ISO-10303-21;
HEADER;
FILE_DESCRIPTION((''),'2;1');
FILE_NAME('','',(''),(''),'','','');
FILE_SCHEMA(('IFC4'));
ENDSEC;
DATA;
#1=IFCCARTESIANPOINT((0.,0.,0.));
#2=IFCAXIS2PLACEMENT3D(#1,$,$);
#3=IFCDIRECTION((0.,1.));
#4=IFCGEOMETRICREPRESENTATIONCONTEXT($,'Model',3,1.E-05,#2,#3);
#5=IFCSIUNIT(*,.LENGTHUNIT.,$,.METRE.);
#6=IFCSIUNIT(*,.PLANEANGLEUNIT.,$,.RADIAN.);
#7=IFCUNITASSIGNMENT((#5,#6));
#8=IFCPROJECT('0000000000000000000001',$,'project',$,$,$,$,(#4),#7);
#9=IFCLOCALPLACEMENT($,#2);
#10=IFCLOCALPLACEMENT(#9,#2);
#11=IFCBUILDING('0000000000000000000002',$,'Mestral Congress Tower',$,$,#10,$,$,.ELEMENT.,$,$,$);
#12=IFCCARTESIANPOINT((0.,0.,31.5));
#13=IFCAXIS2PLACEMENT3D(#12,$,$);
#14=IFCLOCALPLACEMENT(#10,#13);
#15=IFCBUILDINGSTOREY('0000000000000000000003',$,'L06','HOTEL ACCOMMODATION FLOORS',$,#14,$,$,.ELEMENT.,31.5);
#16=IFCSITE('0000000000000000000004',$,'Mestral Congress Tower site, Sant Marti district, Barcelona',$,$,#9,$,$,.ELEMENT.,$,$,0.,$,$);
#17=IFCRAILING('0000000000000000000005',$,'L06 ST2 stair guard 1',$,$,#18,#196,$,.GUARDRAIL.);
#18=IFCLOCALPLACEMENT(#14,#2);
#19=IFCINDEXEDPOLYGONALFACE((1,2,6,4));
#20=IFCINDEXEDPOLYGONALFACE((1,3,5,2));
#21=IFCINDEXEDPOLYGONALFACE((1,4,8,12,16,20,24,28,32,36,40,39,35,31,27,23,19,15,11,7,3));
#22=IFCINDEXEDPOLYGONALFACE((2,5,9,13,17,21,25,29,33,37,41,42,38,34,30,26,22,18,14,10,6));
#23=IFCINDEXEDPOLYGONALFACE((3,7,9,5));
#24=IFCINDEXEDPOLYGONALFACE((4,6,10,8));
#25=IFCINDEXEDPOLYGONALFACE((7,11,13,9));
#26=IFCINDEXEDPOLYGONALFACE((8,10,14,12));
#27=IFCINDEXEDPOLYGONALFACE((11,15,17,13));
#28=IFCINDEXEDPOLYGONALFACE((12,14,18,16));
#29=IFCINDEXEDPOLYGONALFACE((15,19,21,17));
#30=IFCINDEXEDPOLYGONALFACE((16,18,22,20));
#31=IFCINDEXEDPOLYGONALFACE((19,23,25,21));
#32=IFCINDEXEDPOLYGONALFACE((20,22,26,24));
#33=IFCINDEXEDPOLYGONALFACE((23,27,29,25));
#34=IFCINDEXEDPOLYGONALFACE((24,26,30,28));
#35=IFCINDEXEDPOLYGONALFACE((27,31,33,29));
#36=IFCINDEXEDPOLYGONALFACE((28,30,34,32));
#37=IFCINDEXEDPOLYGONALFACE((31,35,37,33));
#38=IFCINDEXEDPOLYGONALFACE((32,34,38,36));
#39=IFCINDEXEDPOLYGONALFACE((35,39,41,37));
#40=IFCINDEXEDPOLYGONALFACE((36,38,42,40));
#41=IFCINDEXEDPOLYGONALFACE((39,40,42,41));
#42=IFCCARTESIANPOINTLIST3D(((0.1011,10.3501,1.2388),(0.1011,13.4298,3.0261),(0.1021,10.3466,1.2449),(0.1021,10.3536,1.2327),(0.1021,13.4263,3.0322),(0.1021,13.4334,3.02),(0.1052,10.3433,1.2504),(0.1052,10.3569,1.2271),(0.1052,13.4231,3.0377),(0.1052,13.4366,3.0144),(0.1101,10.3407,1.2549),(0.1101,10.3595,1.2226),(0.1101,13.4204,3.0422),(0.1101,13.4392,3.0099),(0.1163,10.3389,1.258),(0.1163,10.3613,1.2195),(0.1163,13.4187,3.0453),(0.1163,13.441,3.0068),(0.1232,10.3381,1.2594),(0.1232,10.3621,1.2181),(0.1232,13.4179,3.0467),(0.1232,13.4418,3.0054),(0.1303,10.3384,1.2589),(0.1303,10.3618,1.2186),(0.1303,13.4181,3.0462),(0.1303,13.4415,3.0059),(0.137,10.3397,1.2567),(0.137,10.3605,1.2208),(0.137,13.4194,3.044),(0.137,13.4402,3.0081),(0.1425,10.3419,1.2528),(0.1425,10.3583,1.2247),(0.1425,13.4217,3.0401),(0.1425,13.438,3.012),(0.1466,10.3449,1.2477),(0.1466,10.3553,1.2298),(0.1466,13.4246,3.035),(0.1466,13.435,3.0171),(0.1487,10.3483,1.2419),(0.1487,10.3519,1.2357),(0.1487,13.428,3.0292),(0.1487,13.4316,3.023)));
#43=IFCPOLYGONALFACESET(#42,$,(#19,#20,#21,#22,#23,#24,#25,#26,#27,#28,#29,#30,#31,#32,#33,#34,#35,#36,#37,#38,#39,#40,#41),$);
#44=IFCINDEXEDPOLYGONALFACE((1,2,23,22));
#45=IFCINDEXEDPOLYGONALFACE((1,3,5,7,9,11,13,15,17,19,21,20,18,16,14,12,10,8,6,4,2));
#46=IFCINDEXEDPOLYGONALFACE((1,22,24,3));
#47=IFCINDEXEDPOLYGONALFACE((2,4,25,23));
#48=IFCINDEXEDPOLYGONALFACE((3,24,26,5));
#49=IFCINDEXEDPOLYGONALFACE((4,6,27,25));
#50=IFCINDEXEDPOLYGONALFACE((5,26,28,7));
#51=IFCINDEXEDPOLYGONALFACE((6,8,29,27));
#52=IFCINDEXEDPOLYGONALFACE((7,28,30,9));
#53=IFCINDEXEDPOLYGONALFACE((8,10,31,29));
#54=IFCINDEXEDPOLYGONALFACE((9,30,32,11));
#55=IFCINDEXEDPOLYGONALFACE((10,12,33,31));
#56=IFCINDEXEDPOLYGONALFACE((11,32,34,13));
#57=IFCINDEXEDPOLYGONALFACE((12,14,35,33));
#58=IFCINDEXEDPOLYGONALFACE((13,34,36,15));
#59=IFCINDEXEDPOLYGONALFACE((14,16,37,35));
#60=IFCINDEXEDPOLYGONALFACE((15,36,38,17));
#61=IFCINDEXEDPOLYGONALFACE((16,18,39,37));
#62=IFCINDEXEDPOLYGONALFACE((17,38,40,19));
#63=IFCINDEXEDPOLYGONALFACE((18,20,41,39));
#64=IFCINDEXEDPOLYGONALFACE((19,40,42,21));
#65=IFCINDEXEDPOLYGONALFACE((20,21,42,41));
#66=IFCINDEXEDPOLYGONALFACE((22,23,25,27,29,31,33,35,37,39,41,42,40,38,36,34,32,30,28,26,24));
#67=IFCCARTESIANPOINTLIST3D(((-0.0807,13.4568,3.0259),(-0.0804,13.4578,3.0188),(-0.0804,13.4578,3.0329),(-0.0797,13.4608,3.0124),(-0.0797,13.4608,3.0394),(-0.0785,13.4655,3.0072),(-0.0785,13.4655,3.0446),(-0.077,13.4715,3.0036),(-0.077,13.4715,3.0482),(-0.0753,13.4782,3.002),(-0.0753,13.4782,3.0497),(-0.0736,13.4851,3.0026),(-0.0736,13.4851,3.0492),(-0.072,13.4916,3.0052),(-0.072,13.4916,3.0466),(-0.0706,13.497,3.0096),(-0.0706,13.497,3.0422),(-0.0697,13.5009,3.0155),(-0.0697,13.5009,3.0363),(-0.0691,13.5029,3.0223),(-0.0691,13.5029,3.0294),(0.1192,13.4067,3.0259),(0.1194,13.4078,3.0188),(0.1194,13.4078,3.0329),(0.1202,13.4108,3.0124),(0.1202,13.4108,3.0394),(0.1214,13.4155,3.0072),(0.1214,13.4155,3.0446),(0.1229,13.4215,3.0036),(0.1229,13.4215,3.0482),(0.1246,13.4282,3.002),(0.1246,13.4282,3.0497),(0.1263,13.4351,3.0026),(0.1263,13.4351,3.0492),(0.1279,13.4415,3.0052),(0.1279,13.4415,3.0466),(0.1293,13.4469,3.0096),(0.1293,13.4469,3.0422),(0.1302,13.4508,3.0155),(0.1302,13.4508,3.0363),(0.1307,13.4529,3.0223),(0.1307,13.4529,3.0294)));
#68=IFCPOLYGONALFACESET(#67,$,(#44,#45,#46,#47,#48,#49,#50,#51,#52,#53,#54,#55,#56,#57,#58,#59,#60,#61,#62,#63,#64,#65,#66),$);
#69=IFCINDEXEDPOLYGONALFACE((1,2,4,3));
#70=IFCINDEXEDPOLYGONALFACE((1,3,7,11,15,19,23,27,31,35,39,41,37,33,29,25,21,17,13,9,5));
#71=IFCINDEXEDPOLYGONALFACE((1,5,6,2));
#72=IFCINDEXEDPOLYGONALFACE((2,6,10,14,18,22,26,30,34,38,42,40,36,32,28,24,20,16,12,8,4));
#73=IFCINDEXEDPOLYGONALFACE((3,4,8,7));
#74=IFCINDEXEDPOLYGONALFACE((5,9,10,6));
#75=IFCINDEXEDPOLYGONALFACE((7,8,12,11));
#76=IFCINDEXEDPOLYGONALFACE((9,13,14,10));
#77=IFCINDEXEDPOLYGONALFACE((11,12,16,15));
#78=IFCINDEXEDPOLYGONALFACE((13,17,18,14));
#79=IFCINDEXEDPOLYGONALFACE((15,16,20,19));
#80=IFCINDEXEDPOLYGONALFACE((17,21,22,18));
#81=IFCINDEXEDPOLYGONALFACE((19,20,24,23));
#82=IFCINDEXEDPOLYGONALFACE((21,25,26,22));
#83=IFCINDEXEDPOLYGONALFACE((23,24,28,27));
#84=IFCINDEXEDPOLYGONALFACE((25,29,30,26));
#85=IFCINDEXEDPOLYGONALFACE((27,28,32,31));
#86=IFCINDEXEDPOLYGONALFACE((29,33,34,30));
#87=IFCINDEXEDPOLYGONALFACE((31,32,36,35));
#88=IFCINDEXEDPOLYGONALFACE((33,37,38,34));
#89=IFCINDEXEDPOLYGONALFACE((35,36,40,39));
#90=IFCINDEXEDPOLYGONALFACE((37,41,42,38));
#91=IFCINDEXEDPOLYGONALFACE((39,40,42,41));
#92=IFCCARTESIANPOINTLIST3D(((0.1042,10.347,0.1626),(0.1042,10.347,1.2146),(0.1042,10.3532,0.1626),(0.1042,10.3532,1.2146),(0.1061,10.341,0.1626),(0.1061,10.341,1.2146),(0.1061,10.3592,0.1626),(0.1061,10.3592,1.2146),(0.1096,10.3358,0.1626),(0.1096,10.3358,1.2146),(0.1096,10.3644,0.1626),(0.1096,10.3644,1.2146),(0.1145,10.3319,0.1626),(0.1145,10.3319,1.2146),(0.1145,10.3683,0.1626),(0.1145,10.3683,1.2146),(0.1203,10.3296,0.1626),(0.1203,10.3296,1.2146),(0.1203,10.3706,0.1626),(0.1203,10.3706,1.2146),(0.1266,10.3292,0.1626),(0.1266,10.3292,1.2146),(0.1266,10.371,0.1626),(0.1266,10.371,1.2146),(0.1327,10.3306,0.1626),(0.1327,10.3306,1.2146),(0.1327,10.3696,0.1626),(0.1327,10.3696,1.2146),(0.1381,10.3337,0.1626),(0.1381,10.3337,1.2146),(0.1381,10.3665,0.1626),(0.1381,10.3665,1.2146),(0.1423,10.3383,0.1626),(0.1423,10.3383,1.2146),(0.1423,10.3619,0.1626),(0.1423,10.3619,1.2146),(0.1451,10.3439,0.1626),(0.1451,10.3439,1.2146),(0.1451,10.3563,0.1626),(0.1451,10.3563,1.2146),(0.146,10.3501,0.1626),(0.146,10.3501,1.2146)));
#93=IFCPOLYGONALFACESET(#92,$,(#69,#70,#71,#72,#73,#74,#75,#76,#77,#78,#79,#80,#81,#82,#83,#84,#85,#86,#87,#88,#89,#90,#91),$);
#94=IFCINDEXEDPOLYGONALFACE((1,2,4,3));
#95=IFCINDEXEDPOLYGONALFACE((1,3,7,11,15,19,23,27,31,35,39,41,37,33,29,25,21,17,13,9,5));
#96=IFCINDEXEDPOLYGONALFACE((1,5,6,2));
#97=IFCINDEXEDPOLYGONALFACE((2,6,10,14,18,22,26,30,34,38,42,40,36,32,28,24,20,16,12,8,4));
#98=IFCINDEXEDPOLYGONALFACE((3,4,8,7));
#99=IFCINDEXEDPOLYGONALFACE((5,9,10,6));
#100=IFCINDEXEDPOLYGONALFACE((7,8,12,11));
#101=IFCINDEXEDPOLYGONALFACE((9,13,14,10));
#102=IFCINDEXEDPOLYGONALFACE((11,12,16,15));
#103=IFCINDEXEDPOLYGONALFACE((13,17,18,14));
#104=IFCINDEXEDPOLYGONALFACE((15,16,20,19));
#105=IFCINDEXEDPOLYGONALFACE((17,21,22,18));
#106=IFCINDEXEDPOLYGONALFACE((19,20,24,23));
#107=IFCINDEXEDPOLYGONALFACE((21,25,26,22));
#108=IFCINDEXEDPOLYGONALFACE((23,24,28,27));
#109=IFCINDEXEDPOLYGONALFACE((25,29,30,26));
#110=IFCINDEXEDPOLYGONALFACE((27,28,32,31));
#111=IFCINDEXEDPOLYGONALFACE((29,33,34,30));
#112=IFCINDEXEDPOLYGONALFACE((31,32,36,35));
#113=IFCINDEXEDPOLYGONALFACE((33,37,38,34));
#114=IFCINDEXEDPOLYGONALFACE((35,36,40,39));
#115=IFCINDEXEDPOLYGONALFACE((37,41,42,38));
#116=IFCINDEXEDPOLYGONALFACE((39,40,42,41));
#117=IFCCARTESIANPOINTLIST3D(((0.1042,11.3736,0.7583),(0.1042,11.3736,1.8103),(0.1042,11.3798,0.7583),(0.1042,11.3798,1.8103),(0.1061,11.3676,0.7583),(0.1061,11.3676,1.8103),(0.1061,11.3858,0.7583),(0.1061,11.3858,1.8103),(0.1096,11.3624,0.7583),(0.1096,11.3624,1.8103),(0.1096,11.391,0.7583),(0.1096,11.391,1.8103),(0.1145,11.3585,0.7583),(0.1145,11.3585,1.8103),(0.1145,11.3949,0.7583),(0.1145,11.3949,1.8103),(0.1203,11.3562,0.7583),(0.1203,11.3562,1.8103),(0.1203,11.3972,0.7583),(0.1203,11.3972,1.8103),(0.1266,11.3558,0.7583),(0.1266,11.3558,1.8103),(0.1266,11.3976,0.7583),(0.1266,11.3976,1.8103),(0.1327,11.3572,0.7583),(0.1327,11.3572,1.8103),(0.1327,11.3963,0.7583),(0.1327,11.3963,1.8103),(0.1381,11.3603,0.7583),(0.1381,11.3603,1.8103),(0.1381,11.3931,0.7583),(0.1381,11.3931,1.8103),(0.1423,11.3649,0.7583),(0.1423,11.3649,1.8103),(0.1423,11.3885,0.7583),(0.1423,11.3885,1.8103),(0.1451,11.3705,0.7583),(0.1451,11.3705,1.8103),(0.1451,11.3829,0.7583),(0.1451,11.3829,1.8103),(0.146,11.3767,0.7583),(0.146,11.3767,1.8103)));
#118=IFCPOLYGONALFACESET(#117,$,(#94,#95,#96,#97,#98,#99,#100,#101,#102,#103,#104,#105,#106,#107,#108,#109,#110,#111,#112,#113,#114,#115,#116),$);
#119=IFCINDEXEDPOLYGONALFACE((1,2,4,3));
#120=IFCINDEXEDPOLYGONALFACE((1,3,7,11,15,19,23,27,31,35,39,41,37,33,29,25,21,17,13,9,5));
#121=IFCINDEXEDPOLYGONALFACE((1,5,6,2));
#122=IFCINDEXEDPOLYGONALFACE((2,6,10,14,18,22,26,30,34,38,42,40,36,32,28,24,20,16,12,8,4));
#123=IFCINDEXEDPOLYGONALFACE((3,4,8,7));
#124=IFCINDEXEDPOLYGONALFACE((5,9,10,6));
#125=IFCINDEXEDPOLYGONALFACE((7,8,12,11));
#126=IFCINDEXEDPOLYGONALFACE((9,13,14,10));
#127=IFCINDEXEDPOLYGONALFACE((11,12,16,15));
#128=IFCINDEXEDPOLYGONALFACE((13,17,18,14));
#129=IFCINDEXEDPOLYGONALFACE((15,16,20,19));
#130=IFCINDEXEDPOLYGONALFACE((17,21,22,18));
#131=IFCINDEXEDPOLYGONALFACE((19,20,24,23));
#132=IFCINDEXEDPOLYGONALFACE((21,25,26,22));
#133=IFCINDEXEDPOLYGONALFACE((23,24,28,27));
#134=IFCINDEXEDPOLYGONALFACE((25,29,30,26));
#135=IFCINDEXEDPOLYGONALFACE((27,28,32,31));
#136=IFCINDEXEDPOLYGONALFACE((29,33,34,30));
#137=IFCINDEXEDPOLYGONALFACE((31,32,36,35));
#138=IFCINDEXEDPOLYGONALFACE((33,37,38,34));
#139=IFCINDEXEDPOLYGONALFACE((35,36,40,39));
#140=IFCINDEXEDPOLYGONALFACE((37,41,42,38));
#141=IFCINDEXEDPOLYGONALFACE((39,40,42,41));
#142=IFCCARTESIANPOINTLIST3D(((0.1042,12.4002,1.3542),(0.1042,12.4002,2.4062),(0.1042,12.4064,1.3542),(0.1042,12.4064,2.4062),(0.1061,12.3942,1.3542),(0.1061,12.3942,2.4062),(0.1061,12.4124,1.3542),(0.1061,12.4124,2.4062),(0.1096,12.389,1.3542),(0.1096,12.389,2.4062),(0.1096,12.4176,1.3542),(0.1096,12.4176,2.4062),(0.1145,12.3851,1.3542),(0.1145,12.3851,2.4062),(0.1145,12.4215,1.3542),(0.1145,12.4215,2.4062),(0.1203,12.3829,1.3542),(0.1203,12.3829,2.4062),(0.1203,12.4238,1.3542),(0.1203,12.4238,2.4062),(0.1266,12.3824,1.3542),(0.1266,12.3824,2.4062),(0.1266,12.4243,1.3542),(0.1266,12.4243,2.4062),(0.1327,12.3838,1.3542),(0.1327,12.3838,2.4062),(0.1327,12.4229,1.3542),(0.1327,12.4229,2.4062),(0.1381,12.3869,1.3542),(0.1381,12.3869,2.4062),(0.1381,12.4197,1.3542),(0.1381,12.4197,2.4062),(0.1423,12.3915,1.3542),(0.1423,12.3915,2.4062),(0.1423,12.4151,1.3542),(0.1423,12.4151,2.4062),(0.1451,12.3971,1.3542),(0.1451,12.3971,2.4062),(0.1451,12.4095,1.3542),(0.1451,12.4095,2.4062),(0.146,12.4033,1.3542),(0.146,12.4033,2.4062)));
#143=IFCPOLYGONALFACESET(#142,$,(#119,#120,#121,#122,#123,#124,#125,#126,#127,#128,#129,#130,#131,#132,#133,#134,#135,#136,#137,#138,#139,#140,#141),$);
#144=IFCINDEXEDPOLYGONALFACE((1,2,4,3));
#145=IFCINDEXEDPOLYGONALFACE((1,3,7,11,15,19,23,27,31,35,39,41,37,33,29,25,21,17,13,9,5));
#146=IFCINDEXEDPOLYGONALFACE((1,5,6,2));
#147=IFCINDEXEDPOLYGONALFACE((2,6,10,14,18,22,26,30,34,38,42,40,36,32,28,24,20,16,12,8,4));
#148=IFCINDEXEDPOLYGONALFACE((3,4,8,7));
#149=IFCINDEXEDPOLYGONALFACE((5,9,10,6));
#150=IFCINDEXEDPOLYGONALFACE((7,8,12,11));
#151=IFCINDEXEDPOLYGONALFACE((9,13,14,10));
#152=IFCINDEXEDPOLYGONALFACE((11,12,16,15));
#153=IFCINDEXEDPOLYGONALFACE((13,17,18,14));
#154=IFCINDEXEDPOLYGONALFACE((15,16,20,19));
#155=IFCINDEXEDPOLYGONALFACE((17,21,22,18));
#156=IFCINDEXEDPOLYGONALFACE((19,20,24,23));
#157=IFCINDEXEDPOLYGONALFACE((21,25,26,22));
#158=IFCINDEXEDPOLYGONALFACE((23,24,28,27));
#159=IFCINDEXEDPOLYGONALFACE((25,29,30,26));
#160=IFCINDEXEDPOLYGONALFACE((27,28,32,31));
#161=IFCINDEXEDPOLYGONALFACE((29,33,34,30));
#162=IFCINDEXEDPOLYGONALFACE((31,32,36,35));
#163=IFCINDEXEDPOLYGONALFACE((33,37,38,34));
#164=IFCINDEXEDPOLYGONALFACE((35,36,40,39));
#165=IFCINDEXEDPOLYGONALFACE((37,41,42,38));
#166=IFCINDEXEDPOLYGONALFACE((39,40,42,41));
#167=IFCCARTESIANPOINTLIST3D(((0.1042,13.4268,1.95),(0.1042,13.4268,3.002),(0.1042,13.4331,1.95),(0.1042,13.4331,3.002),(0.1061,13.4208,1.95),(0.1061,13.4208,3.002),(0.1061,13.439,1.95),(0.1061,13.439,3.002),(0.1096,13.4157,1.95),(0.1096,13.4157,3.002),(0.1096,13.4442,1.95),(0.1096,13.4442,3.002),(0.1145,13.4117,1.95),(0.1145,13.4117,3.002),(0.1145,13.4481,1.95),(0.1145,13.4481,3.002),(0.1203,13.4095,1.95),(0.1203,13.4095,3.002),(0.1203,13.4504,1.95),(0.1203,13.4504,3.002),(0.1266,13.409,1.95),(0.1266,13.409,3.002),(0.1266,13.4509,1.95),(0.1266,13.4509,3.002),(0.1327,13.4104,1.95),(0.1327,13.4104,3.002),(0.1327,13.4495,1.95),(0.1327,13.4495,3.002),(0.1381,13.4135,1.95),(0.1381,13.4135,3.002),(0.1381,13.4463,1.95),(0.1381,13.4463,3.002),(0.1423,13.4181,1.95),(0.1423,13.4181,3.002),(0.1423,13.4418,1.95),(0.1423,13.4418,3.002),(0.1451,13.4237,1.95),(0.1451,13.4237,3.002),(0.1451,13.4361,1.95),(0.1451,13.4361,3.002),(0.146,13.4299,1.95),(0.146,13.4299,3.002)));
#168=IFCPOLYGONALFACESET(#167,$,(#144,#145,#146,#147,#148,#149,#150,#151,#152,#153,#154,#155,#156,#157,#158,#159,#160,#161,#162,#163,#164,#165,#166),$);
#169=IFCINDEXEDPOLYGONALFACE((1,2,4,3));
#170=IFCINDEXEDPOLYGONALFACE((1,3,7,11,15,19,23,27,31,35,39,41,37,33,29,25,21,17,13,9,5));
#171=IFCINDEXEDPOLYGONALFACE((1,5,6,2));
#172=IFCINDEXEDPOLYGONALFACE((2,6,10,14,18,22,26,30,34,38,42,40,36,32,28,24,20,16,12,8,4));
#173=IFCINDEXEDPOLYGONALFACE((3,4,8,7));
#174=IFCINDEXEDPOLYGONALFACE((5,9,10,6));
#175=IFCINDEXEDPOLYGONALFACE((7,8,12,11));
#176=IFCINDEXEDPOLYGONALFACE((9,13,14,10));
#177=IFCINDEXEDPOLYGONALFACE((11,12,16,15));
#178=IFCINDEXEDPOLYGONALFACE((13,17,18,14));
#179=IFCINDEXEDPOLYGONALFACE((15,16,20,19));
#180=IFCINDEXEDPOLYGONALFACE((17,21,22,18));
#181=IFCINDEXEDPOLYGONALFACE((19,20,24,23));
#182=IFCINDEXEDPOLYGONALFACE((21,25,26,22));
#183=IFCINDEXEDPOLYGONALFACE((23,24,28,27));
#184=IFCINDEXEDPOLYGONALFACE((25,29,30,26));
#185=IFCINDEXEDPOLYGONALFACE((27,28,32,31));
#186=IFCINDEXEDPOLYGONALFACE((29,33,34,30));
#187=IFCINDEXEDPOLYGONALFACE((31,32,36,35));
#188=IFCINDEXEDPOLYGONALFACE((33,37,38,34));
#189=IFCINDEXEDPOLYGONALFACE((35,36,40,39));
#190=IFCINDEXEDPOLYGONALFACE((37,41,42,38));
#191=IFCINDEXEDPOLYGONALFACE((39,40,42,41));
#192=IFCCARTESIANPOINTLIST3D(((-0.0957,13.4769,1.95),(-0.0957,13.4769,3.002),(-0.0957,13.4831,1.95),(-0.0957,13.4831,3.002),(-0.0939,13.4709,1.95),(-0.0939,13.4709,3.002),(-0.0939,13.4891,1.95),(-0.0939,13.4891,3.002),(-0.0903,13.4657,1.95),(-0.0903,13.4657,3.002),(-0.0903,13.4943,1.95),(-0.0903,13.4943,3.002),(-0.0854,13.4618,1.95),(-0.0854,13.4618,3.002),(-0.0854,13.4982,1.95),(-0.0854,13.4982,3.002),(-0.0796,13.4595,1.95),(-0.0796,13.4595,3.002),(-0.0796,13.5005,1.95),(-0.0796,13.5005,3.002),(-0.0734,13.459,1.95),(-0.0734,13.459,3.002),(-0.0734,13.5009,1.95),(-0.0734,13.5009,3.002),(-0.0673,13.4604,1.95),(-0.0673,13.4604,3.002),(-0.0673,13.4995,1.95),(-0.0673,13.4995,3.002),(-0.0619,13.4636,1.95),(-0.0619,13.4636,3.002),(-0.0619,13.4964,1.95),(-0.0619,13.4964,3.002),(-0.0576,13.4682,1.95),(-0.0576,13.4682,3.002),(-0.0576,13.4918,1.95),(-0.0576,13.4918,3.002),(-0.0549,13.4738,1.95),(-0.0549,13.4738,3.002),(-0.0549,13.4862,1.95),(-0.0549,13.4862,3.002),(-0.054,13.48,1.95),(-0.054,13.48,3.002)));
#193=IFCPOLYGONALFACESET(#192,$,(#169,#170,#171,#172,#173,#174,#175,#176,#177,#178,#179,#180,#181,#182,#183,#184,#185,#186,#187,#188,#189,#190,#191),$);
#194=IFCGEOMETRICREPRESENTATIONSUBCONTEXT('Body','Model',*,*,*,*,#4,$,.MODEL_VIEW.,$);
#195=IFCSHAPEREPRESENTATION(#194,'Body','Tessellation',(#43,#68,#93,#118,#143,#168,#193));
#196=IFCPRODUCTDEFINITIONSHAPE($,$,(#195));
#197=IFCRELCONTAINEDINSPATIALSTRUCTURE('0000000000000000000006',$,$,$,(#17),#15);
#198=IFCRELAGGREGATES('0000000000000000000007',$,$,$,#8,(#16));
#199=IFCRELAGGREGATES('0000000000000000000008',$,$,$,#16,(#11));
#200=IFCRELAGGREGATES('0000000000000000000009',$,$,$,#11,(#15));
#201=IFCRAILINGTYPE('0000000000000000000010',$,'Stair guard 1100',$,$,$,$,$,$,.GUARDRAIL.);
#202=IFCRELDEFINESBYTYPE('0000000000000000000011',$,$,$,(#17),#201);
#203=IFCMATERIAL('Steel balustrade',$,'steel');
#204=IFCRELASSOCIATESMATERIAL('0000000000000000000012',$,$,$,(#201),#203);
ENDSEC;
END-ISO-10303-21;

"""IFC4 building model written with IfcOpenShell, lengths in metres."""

from ifc_helpers import new_model, si_unit, direction, frame, origin, origin_2d, place, context, subcontext, project, spatial, circle, extrude, material, type_object, element, save


model = new_model("IFC4")

# Units and contexts
model_context = context("Model", 3, precision=1e-05, world=origin(), true_north=direction((0.0, 1.0)))
body_context = subcontext(model_context, "Body", "Model", "MODEL_VIEW")
ifc_project = project(units=[si_unit("LENGTHUNIT", "METRE"), si_unit("PLANEANGLEUNIT", "RADIAN")], contexts=[model_context])

# Site, building, storey
site_placement = place(None, origin())
site = spatial("IfcSite", under=ifc_project, at=site_placement, Name="Mestral Congress Tower site, Sant Marti district, Barcelona", CompositionType="ELEMENT", RefElevation=0.0)
building_placement = place(site_placement, origin())
building = spatial("IfcBuilding", under=site, at=building_placement, Name="Mestral Congress Tower", CompositionType="ELEMENT")
storey_placement = place(building_placement, frame((0.0, 0.0, 31.5)))
storey = spatial("IfcBuildingStorey", under=building, at=storey_placement, Name="L06", Description="HOTEL ACCOMMODATION FLOORS", CompositionType="ELEMENT", Elevation=31.5)

# Railing
ifc_material_1 = material(Name="Steel balustrade", Category="steel")
railing_type_1 = type_object("IfcRailingType", Name="Stair guard 1100", PredefinedType="GUARDRAIL", material=ifc_material_1)
railing_1_placement = place(storey_placement, frame((0.125, 10.3501, 0.1626)))
element("IfcRailing", 1, at=railing_1_placement, inside=storey, type_object=railing_type_1, Name="L06 ST2 stair guard 1", PredefinedType="GUARDRAIL", context=body_context, shape_type="SweptSolid", body=[
    extrude(circle(Radius=0.0239, at=origin_2d()), frame((0.0, 0.0, 1.0762), z_axis=(0.0, 0.864903, 0.501939), x_axis=(-1.0, 0.0, 0.0)), (0.0, 0.0, 1.0), 3.5608),
    extrude(circle(Radius=0.0239, at=origin_2d()), frame((0.0, 3.0798, 2.8633), z_axis=(-0.970073, 0.242814, 0.0), x_axis=(-0.242814, -0.970073, 0.0)), (0.0, 0.0, 1.0), 0.2061),
    extrude(circle(Radius=0.021, at=origin_2d()), origin(), (0.0, 0.0, 1.0), 1.052),
    extrude(circle(Radius=0.021, at=origin_2d()), frame((0.0, 1.0266, 0.5957)), (0.0, 0.0, 1.0), 1.052),
    extrude(circle(Radius=0.021, at=origin_2d()), frame((0.0, 2.0532, 1.1917)), (0.0, 0.0, 1.0), 1.052),
    extrude(circle(Radius=0.021, at=origin_2d()), frame((0.0, 3.0798, 1.7874)), (0.0, 0.0, 1.0), 1.052),
    extrude(circle(Radius=0.021, at=origin_2d()), frame((-0.2, 3.1299, 1.7874)), (0.0, 0.0, 1.0), 1.052),
])

save(model, "model.ifc")
